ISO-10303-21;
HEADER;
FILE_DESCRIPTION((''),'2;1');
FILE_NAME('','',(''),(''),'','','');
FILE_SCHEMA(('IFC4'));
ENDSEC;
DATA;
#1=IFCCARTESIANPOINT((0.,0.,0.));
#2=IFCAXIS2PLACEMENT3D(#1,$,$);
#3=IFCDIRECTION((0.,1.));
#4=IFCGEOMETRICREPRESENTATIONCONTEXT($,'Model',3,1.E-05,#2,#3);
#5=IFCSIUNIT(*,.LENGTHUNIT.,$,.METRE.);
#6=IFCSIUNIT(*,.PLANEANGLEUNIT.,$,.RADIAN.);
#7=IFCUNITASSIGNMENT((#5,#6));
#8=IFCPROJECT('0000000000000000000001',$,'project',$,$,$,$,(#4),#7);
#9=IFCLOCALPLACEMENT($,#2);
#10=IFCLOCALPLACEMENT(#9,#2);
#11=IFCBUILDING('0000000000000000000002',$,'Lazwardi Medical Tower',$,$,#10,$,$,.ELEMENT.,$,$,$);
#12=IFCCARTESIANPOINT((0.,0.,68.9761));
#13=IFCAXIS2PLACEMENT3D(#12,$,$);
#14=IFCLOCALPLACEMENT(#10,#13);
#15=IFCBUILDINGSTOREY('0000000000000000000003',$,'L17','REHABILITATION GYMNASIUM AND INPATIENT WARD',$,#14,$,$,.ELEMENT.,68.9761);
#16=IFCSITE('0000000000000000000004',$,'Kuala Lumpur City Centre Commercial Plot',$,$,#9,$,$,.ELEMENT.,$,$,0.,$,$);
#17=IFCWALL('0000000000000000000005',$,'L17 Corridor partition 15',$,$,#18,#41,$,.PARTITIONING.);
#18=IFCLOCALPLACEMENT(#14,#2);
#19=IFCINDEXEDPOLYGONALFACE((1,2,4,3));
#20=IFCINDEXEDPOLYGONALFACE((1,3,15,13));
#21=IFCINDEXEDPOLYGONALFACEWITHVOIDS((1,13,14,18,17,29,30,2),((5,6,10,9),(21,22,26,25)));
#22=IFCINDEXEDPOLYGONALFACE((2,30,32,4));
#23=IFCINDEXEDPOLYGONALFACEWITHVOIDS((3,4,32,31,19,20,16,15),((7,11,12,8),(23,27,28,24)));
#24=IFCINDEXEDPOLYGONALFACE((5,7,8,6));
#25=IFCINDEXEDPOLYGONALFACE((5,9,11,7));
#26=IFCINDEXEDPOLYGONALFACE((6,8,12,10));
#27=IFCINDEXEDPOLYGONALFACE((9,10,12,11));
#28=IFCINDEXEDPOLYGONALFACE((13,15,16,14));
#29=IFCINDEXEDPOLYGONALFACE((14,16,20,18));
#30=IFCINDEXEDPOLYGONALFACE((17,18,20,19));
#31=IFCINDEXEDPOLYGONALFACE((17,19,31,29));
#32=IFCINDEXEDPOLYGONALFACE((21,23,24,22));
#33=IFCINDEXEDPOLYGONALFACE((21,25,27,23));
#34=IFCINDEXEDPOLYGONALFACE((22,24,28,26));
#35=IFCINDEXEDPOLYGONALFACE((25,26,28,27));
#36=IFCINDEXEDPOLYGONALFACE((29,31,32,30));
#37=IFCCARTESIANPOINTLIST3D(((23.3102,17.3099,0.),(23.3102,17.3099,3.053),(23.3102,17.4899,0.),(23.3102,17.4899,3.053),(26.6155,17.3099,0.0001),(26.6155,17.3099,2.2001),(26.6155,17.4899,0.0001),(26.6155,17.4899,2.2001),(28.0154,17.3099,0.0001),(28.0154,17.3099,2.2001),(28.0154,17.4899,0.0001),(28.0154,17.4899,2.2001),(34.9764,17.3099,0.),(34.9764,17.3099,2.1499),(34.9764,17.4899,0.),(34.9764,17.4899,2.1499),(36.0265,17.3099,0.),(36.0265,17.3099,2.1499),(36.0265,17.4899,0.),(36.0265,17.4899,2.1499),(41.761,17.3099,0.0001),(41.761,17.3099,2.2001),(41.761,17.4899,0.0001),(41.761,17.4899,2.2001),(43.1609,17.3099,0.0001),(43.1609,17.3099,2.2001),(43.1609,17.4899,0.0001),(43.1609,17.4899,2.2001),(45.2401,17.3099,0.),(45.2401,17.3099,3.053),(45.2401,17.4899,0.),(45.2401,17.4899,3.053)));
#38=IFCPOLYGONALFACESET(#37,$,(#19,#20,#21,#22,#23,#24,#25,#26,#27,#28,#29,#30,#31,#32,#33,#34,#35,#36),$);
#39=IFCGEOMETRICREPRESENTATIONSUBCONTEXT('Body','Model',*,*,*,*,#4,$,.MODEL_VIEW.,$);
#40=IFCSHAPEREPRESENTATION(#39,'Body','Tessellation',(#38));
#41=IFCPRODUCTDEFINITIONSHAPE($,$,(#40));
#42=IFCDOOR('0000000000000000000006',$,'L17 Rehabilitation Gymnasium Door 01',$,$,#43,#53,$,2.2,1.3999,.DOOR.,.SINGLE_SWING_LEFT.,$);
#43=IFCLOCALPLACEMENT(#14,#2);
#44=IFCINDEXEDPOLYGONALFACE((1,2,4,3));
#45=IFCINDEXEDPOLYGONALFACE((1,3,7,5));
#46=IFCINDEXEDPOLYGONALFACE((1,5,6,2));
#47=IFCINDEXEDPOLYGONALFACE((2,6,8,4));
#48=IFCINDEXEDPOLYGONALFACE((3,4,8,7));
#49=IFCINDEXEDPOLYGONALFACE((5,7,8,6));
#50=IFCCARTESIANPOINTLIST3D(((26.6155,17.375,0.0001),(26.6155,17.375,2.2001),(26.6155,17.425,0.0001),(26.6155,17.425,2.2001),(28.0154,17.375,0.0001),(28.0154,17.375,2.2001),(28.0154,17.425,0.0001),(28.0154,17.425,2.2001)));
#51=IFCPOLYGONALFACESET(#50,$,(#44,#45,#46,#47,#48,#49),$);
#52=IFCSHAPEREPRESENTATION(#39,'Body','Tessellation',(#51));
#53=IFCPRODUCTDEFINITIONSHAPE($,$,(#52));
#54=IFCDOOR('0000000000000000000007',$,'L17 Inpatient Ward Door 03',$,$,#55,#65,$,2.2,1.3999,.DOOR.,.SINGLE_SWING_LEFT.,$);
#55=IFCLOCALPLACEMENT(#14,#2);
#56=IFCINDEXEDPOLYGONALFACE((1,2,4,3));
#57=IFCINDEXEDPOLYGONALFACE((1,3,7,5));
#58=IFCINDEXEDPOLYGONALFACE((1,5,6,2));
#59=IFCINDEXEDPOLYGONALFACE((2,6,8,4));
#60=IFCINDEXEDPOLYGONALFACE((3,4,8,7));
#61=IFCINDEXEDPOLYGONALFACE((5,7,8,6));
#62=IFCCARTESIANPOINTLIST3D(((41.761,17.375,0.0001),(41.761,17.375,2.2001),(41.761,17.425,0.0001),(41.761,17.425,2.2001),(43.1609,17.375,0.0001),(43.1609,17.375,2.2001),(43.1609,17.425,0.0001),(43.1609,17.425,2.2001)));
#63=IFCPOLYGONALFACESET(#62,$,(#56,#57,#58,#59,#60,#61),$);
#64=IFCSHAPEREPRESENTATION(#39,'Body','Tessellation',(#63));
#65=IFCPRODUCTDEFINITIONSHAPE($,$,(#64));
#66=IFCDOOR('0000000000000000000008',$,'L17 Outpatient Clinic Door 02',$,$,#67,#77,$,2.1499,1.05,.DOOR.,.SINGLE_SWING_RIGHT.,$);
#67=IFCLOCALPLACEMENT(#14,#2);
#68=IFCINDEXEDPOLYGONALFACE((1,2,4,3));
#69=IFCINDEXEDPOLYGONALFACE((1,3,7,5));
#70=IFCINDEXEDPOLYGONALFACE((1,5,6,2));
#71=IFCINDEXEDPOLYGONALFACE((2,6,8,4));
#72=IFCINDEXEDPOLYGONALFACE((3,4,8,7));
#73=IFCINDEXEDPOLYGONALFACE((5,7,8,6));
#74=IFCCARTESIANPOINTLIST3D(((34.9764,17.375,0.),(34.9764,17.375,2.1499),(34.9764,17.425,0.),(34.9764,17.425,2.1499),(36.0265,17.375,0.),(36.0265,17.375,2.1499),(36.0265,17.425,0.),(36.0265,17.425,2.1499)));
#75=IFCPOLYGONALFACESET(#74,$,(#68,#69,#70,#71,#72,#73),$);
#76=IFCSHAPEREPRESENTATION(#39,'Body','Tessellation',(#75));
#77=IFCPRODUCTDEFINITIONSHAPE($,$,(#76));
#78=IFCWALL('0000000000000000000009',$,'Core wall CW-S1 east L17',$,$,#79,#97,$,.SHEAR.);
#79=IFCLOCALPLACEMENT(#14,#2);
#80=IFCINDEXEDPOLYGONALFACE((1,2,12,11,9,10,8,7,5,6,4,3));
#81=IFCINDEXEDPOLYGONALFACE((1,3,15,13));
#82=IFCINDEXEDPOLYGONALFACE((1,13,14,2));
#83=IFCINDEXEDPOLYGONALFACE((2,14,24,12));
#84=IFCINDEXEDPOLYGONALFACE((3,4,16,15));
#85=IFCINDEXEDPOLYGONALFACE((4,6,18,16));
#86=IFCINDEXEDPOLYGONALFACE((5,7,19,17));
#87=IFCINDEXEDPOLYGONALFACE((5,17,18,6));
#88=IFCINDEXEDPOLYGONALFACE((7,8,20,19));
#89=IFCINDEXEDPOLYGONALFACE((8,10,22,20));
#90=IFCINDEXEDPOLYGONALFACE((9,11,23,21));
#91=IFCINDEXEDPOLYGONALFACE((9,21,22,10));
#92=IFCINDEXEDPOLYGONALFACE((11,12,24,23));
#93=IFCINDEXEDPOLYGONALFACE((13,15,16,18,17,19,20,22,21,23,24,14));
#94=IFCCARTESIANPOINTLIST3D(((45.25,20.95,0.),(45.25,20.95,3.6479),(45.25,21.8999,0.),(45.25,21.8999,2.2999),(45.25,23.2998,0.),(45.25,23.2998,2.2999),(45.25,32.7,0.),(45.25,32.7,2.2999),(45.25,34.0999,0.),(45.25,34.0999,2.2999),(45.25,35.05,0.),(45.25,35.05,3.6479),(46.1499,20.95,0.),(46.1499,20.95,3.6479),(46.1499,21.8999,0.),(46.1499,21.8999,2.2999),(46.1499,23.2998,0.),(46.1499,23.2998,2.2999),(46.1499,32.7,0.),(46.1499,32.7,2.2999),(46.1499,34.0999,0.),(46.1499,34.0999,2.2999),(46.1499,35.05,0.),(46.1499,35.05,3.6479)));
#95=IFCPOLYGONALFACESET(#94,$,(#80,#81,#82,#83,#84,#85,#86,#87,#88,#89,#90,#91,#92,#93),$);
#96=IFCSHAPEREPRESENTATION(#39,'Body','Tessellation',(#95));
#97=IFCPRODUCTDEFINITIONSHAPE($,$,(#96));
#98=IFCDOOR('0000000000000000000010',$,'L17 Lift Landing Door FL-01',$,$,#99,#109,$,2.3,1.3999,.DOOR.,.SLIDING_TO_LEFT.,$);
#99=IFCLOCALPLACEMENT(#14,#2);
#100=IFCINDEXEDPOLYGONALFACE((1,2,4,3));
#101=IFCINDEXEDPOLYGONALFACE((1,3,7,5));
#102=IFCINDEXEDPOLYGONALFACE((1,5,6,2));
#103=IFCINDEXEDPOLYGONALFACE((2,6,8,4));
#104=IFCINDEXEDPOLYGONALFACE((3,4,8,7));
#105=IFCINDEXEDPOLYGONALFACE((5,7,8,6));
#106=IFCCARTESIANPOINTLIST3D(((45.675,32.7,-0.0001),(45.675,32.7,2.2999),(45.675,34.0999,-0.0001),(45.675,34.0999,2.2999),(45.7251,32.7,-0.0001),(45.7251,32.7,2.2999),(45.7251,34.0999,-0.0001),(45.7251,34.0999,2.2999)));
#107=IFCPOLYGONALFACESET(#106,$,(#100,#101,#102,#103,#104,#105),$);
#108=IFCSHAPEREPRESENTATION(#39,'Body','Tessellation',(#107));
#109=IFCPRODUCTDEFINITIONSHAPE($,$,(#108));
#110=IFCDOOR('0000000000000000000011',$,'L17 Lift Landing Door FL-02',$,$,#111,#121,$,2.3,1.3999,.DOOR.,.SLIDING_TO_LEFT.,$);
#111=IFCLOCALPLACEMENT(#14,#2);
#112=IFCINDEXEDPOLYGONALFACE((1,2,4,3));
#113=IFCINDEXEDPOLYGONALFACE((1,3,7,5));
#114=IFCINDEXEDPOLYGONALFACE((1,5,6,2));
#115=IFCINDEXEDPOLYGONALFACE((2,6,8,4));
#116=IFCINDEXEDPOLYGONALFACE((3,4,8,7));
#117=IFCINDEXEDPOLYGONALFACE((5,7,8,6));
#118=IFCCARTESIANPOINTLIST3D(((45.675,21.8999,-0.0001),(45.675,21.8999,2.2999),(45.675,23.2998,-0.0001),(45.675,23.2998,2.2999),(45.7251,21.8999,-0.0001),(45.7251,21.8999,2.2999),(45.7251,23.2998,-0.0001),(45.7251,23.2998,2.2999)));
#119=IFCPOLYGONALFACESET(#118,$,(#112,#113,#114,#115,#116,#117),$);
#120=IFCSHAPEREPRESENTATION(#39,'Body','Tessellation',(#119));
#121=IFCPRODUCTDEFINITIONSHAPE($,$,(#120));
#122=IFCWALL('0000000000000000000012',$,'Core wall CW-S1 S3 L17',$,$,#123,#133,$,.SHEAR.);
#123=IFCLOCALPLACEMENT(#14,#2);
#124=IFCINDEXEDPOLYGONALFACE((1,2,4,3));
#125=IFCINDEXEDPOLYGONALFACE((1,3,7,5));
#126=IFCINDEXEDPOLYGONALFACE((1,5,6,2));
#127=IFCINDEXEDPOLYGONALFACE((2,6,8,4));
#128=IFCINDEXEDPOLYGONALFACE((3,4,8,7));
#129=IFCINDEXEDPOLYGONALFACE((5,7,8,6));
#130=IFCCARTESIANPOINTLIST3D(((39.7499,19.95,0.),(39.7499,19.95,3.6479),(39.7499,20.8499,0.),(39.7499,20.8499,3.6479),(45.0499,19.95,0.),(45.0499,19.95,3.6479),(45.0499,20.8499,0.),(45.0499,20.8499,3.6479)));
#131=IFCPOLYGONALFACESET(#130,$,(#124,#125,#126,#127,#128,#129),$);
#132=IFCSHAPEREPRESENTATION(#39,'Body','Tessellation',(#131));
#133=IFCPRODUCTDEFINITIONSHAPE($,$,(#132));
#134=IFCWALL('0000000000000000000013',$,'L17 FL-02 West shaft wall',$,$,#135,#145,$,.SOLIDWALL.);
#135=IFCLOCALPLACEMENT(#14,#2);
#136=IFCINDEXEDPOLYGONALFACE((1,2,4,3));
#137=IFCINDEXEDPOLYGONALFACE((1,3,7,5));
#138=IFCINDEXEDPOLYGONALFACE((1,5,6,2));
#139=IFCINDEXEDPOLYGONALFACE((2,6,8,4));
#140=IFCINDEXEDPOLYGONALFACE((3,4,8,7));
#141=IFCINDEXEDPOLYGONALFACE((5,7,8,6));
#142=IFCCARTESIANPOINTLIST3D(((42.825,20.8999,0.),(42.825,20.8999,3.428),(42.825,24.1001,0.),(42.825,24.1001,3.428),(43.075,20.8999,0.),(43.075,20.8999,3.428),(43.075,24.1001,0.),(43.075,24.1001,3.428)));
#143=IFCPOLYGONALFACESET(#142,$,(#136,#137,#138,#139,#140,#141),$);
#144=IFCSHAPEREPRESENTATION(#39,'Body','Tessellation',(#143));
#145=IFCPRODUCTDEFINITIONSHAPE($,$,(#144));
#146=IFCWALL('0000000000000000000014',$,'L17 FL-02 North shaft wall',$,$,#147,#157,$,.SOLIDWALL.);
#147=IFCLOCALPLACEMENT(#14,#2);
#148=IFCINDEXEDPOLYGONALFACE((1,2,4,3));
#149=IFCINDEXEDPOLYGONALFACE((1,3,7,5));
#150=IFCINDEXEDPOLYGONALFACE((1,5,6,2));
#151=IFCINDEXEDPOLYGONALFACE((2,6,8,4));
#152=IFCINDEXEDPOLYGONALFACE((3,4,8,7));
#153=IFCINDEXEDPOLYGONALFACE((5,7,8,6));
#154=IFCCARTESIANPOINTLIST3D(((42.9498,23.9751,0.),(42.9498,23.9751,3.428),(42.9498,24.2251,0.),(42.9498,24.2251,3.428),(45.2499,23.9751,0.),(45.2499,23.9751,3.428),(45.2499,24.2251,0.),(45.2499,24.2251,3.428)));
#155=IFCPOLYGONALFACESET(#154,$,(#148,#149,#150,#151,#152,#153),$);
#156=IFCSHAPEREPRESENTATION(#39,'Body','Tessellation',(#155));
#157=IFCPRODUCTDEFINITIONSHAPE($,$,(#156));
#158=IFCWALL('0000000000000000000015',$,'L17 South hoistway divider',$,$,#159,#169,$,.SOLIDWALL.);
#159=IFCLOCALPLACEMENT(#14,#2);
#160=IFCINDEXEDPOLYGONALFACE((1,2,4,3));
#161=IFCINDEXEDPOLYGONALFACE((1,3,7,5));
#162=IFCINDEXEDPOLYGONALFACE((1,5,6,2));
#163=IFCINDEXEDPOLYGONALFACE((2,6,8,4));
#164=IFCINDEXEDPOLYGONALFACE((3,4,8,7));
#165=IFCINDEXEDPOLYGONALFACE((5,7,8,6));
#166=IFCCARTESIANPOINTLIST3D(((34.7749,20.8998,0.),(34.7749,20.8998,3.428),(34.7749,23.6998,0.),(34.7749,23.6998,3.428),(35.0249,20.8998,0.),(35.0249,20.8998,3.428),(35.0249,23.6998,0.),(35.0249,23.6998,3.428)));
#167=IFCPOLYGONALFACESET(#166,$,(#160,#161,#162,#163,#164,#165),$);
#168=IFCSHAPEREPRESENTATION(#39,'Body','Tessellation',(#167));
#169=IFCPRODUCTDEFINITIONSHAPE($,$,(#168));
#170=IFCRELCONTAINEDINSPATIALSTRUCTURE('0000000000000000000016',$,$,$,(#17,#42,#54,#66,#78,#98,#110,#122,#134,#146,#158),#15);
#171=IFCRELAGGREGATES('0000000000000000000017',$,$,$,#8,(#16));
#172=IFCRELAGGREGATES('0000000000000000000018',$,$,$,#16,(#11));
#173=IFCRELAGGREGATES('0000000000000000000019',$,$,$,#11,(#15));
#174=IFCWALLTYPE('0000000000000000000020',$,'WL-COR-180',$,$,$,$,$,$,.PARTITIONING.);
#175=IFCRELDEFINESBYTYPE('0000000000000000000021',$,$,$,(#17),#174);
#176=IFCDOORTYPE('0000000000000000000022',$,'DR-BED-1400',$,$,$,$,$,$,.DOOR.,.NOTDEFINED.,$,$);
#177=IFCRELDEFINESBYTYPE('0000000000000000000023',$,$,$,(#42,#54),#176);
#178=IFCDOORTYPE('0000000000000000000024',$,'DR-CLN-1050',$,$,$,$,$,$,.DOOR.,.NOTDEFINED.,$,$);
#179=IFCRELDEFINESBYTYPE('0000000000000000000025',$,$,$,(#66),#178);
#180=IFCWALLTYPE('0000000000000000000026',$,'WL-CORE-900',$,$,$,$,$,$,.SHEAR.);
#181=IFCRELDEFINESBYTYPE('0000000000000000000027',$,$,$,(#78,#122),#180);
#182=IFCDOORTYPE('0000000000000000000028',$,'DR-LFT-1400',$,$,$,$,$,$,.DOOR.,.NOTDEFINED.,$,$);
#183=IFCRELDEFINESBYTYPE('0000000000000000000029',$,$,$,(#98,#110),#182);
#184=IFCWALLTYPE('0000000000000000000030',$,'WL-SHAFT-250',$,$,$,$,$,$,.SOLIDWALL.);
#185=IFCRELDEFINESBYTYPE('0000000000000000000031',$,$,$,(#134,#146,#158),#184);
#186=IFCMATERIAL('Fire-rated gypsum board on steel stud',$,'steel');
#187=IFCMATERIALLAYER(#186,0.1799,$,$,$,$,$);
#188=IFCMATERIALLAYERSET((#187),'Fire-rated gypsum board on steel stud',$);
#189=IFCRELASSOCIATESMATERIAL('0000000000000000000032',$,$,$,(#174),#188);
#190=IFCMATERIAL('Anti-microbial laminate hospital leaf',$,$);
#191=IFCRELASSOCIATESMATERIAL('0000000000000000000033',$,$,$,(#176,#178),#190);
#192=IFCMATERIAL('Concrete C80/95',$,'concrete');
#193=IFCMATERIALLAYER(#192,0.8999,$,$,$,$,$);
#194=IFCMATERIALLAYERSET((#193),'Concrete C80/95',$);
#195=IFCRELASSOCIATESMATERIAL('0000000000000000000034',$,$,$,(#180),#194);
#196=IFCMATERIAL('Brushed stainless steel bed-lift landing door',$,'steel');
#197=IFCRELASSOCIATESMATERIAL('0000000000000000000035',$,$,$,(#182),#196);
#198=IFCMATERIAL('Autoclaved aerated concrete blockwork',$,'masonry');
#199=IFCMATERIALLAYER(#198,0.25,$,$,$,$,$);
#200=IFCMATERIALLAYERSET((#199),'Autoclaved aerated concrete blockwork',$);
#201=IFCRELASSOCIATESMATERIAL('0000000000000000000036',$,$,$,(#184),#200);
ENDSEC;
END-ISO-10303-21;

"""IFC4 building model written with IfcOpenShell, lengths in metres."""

from ifc_helpers import new_model, si_unit, direction, frame, frame_2d, origin, place, context, subcontext, project, spatial, rectangle, extrude, material, layer, layer_set, type_object, element, fill, save


model = new_model("IFC4")

# Units and contexts
model_context = context("Model", 3, precision=1e-05, world=origin(), true_north=direction((0.0, 1.0)))
body_context = subcontext(model_context, "Body", "Model", "MODEL_VIEW")
ifc_project = project(units=[si_unit("LENGTHUNIT", "METRE"), si_unit("PLANEANGLEUNIT", "RADIAN")], contexts=[model_context])

# Site, building, storey
site_placement = place(None, origin())
site = spatial("IfcSite", under=ifc_project, at=site_placement, Name="Kuala Lumpur City Centre Commercial Plot", CompositionType="ELEMENT", RefElevation=0.0)
building_placement = place(site_placement, origin())
building = spatial("IfcBuilding", under=site, at=building_placement, Name="Lazwardi Medical Tower", CompositionType="ELEMENT")
storey_placement = place(building_placement, frame((0.0, 0.0, 68.9761)))
storey = spatial("IfcBuildingStorey", under=building, at=storey_placement, Name="L17", Description="REHABILITATION GYMNASIUM AND INPATIENT WARD", CompositionType="ELEMENT", Elevation=68.9761)

# Shared definitions
ifc_material_1 = material(Name="Concrete C80/95", Category="concrete")

# Shared definitions
ifc_material_2 = material(Name="Fire-rated gypsum board on steel stud", Category="steel")
ifc_layer_1 = layer(ifc_material_2, 0.1799)
ifc_layer_set_1 = layer_set([ifc_layer_1], Name="Fire-rated gypsum board on steel stud")
wall_type_1 = type_object("IfcWallType", Name="WL-COR-180", PredefinedType="PARTITIONING", material=ifc_layer_set_1)

# Walls, openings, doors
wall_1_placement = place(storey_placement, frame((45.24, 17.3999, 0.0), z_axis=(0.0, 0.0, 1.0), x_axis=(-1.0, 0.0, 0.0)))
wall_1 = element("IfcWall", 1, at=wall_1_placement, inside=storey, type_object=wall_type_1, Name="L17 Corridor partition 15", PredefinedType="PARTITIONING", context=body_context, shape_type="SweptSolid", body=[
    extrude(rectangle(XDim=21.9299, YDim=0.1799, at=frame_2d((10.9648, 0.0))), origin(), (0.0, 0.0, 1.0), 3.053),
])
opening_1_placement = place(wall_1_placement, frame((17.2246, 0.0, 0.0)))
opening_1 = element("IfcOpeningElement", 2, at=opening_1_placement, cuts=wall_1, PredefinedType="OPENING", context=body_context, shape_type="SweptSolid", body=[
    extrude(rectangle(XDim=1.3999, YDim=2.2, at=frame_2d((0.7, 1.1001))), frame((0.0, 0.0999, 0.0), z_axis=(0.0, -1.0, 0.0), x_axis=(1.0, 0.0, 0.0)), (0.0, 0.0, 1.0), 0.2),
])
opening_2_placement = place(wall_1_placement, frame((9.2136, 0.0, 0.0)))
opening_2 = element("IfcOpeningElement", 3, at=opening_2_placement, cuts=wall_1, PredefinedType="OPENING", context=body_context, shape_type="SweptSolid", body=[
    extrude(rectangle(XDim=1.05, YDim=2.1499, at=frame_2d((0.5249, 1.075))), frame((0.0, 0.0999, 0.0), z_axis=(0.0, -1.0, 0.0), x_axis=(1.0, 0.0, 0.0)), (0.0, 0.0, 1.0), 0.2),
])
opening_3_placement = place(wall_1_placement, frame((2.0791, 0.0, 0.0)))
opening_3 = element("IfcOpeningElement", 4, at=opening_3_placement, cuts=wall_1, PredefinedType="OPENING", context=body_context, shape_type="SweptSolid", body=[
    extrude(rectangle(XDim=1.3999, YDim=2.2, at=frame_2d((0.7, 1.1001))), frame((0.0, 0.0999, 0.0), z_axis=(0.0, -1.0, 0.0), x_axis=(1.0, 0.0, 0.0)), (0.0, 0.0, 1.0), 0.2),
])
ifc_material_3 = material(Name="Anti-microbial laminate hospital leaf")
door_type_1 = type_object("IfcDoorType", Name="DR-BED-1400", OperationType="NOTDEFINED", PredefinedType="DOOR", material=ifc_material_3)
door_1_placement = place(opening_1_placement, origin())
door_1 = element("IfcDoor", 5, at=door_1_placement, inside=storey, type_object=door_type_1, Name="L17 Rehabilitation Gymnasium Door 01", OperationType="SINGLE_SWING_LEFT", OverallHeight=2.2, OverallWidth=1.3999, PredefinedType="DOOR", context=body_context, shape_type="SweptSolid", body=[
    extrude(rectangle(XDim=1.3999, YDim=2.2, at=frame_2d((0.7, 1.1001))), frame((0.0, 0.0249, 0.0), z_axis=(0.0, -1.0, 0.0), x_axis=(1.0, 0.0, 0.0)), (0.0, 0.0, 1.0), 0.05),
])
fill(opening_1, door_1)
door_2_placement = place(opening_3_placement, origin())
door_2 = element("IfcDoor", 6, at=door_2_placement, inside=storey, type_object=door_type_1, Name="L17 Inpatient Ward Door 03", OperationType="SINGLE_SWING_LEFT", OverallHeight=2.2, OverallWidth=1.3999, PredefinedType="DOOR", context=body_context, shape_type="SweptSolid", body=[
    extrude(rectangle(XDim=1.3999, YDim=2.2, at=frame_2d((0.7, 1.1001))), frame((0.0, 0.0249, 0.0), z_axis=(0.0, -1.0, 0.0), x_axis=(1.0, 0.0, 0.0)), (0.0, 0.0, 1.0), 0.05),
])
fill(opening_3, door_2)
door_type_2 = type_object("IfcDoorType", Name="DR-CLN-1050", OperationType="NOTDEFINED", PredefinedType="DOOR", material=ifc_material_3)
door_3_placement = place(opening_2_placement, origin())
door_3 = element("IfcDoor", 7, at=door_3_placement, inside=storey, type_object=door_type_2, Name="L17 Outpatient Clinic Door 02", OperationType="SINGLE_SWING_RIGHT", OverallHeight=2.1499, OverallWidth=1.05, PredefinedType="DOOR", context=body_context, shape_type="SweptSolid", body=[
    extrude(rectangle(XDim=1.05, YDim=2.1499, at=frame_2d((0.5249, 1.075))), frame((0.0, 0.0249, 0.0), z_axis=(0.0, -1.0, 0.0), x_axis=(1.0, 0.0, 0.0)), (0.0, 0.0, 1.0), 0.05),
])
fill(opening_2, door_3)
ifc_layer_2 = layer(ifc_material_1, 0.8999)
ifc_layer_set_2 = layer_set([ifc_layer_2], Name="Concrete C80/95")
wall_type_2 = type_object("IfcWallType", Name="WL-CORE-900", PredefinedType="SHEAR", material=ifc_layer_set_2)
wall_2_placement = place(storey_placement, frame((45.7, 20.95, 0.0), z_axis=(0.0, 0.0, 1.0), x_axis=(0.0, 1.0, 0.0)))
wall_2 = element("IfcWall", 8, at=wall_2_placement, inside=storey, type_object=wall_type_2, Name="Core wall CW-S1 east L17", PredefinedType="SHEAR", context=body_context, shape_type="SweptSolid", body=[
    extrude(rectangle(XDim=14.1001, YDim=0.8999, at=frame_2d((7.05, 0.0))), origin(), (0.0, 0.0, 1.0), 3.6479),
])
opening_4_placement = place(wall_2_placement, frame((11.75, 0.0, 0.0)))
opening_4 = element("IfcOpeningElement", 9, at=opening_4_placement, cuts=wall_2, PredefinedType="OPENING", context=body_context, shape_type="SweptSolid", body=[
    extrude(rectangle(XDim=1.3999, YDim=2.3, at=frame_2d((0.7, 1.1499))), frame((0.0, 0.46, 0.0), z_axis=(0.0, -1.0, 0.0), x_axis=(1.0, 0.0, 0.0)), (0.0, 0.0, 1.0), 0.9199),
])
opening_5_placement = place(wall_2_placement, frame((0.95, 0.0, 0.0)))
opening_5 = element("IfcOpeningElement", 10, at=opening_5_placement, cuts=wall_2, PredefinedType="OPENING", context=body_context, shape_type="SweptSolid", body=[
    extrude(rectangle(XDim=1.3999, YDim=2.3, at=frame_2d((0.7, 1.1499))), frame((0.0, 0.46, 0.0), z_axis=(0.0, -1.0, 0.0), x_axis=(1.0, 0.0, 0.0)), (0.0, 0.0, 1.0), 0.9199),
])
ifc_material_4 = material(Name="Brushed stainless steel bed-lift landing door", Category="steel")
door_type_3 = type_object("IfcDoorType", Name="DR-LFT-1400", OperationType="NOTDEFINED", PredefinedType="DOOR", material=ifc_material_4)
door_4_placement = place(opening_4_placement, origin())
door_4 = element("IfcDoor", 11, at=door_4_placement, inside=storey, type_object=door_type_3, Name="L17 Lift Landing Door FL-01", OperationType="SLIDING_TO_LEFT", OverallHeight=2.3, OverallWidth=1.3999, PredefinedType="DOOR", context=body_context, shape_type="SweptSolid", body=[
    extrude(rectangle(XDim=1.3999, YDim=2.3, at=frame_2d((0.7, 1.1499))), frame((0.0, 0.0249, 0.0), z_axis=(0.0, -1.0, 0.0), x_axis=(1.0, 0.0, 0.0)), (0.0, 0.0, 1.0), 0.05),
])
fill(opening_4, door_4)
door_5_placement = place(opening_5_placement, origin())
door_5 = element("IfcDoor", 12, at=door_5_placement, inside=storey, type_object=door_type_3, Name="L17 Lift Landing Door FL-02", OperationType="SLIDING_TO_LEFT", OverallHeight=2.3, OverallWidth=1.3999, PredefinedType="DOOR", context=body_context, shape_type="SweptSolid", body=[
    extrude(rectangle(XDim=1.3999, YDim=2.3, at=frame_2d((0.7, 1.1499))), frame((0.0, 0.0249, 0.0), z_axis=(0.0, -1.0, 0.0), x_axis=(1.0, 0.0, 0.0)), (0.0, 0.0, 1.0), 0.05),
])
fill(opening_5, door_5)

# Walls
wall_3_placement = place(storey_placement, frame((39.75, 20.3999, 0.0), z_axis=(0.0, 0.0, 1.0), x_axis=(1.0, 0.0, 0.0)))
element("IfcWall", 13, at=wall_3_placement, inside=storey, type_object=wall_type_2, Name="Core wall CW-S1 S3 L17", PredefinedType="SHEAR", context=body_context, shape_type="SweptSolid", body=[
    extrude(rectangle(XDim=5.3, YDim=0.8999, at=frame_2d((2.6499, 0.0))), origin(), (0.0, 0.0, 1.0), 3.6479),
])
ifc_material_5 = material(Name="Autoclaved aerated concrete blockwork", Category="masonry")
ifc_layer_3 = layer(ifc_material_5, 0.25)
ifc_layer_set_3 = layer_set([ifc_layer_3], Name="Autoclaved aerated concrete blockwork")
wall_type_3 = type_object("IfcWallType", Name="WL-SHAFT-250", PredefinedType="SOLIDWALL", material=ifc_layer_set_3)
wall_4_placement = place(storey_placement, frame((42.95, 20.8999, 0.0), z_axis=(0.0, 0.0, 1.0), x_axis=(0.0, 1.0, 0.0)))
element("IfcWall", 14, at=wall_4_placement, inside=storey, type_object=wall_type_3, Name="L17 FL-02 West shaft wall", PredefinedType="SOLIDWALL", context=body_context, shape_type="SweptSolid", body=[
    extrude(rectangle(XDim=3.2002, YDim=0.25, at=frame_2d((1.6001, 0.0))), origin(), (0.0, 0.0, 1.0), 3.428),
])
wall_5_placement = place(storey_placement, frame((42.95, 24.1001, 0.0), z_axis=(0.0, 0.0, 1.0), x_axis=(1.0, 0.0, 0.0)))
element("IfcWall", 15, at=wall_5_placement, inside=storey, type_object=wall_type_3, Name="L17 FL-02 North shaft wall", PredefinedType="SOLIDWALL", context=body_context, shape_type="SweptSolid", body=[
    extrude(rectangle(XDim=2.3, YDim=0.25, at=frame_2d((1.1499, 0.0))), origin(), (0.0, 0.0, 1.0), 3.428),
])
for number, where, z_axis, x_axis, name in (
    (16, (34.8999, 20.8999, 0.0), (0.0, 0.0, 1.0), (0.0, 1.0, 0.0), "L17 South hoistway divider"),
):
    element("IfcWall", number, at=place(storey_placement, frame(where, z_axis=z_axis, x_axis=x_axis)), inside=storey, type_object=wall_type_3, Name=name, PredefinedType="SOLIDWALL", context=body_context, shape_type="SweptSolid", body=[
        extrude(rectangle(XDim=2.8, YDim=0.25, at=frame_2d((1.3999, 0.0))), origin(), (0.0, 0.0, 1.0), 3.428),
    ])

save(model, "model.ifc")
